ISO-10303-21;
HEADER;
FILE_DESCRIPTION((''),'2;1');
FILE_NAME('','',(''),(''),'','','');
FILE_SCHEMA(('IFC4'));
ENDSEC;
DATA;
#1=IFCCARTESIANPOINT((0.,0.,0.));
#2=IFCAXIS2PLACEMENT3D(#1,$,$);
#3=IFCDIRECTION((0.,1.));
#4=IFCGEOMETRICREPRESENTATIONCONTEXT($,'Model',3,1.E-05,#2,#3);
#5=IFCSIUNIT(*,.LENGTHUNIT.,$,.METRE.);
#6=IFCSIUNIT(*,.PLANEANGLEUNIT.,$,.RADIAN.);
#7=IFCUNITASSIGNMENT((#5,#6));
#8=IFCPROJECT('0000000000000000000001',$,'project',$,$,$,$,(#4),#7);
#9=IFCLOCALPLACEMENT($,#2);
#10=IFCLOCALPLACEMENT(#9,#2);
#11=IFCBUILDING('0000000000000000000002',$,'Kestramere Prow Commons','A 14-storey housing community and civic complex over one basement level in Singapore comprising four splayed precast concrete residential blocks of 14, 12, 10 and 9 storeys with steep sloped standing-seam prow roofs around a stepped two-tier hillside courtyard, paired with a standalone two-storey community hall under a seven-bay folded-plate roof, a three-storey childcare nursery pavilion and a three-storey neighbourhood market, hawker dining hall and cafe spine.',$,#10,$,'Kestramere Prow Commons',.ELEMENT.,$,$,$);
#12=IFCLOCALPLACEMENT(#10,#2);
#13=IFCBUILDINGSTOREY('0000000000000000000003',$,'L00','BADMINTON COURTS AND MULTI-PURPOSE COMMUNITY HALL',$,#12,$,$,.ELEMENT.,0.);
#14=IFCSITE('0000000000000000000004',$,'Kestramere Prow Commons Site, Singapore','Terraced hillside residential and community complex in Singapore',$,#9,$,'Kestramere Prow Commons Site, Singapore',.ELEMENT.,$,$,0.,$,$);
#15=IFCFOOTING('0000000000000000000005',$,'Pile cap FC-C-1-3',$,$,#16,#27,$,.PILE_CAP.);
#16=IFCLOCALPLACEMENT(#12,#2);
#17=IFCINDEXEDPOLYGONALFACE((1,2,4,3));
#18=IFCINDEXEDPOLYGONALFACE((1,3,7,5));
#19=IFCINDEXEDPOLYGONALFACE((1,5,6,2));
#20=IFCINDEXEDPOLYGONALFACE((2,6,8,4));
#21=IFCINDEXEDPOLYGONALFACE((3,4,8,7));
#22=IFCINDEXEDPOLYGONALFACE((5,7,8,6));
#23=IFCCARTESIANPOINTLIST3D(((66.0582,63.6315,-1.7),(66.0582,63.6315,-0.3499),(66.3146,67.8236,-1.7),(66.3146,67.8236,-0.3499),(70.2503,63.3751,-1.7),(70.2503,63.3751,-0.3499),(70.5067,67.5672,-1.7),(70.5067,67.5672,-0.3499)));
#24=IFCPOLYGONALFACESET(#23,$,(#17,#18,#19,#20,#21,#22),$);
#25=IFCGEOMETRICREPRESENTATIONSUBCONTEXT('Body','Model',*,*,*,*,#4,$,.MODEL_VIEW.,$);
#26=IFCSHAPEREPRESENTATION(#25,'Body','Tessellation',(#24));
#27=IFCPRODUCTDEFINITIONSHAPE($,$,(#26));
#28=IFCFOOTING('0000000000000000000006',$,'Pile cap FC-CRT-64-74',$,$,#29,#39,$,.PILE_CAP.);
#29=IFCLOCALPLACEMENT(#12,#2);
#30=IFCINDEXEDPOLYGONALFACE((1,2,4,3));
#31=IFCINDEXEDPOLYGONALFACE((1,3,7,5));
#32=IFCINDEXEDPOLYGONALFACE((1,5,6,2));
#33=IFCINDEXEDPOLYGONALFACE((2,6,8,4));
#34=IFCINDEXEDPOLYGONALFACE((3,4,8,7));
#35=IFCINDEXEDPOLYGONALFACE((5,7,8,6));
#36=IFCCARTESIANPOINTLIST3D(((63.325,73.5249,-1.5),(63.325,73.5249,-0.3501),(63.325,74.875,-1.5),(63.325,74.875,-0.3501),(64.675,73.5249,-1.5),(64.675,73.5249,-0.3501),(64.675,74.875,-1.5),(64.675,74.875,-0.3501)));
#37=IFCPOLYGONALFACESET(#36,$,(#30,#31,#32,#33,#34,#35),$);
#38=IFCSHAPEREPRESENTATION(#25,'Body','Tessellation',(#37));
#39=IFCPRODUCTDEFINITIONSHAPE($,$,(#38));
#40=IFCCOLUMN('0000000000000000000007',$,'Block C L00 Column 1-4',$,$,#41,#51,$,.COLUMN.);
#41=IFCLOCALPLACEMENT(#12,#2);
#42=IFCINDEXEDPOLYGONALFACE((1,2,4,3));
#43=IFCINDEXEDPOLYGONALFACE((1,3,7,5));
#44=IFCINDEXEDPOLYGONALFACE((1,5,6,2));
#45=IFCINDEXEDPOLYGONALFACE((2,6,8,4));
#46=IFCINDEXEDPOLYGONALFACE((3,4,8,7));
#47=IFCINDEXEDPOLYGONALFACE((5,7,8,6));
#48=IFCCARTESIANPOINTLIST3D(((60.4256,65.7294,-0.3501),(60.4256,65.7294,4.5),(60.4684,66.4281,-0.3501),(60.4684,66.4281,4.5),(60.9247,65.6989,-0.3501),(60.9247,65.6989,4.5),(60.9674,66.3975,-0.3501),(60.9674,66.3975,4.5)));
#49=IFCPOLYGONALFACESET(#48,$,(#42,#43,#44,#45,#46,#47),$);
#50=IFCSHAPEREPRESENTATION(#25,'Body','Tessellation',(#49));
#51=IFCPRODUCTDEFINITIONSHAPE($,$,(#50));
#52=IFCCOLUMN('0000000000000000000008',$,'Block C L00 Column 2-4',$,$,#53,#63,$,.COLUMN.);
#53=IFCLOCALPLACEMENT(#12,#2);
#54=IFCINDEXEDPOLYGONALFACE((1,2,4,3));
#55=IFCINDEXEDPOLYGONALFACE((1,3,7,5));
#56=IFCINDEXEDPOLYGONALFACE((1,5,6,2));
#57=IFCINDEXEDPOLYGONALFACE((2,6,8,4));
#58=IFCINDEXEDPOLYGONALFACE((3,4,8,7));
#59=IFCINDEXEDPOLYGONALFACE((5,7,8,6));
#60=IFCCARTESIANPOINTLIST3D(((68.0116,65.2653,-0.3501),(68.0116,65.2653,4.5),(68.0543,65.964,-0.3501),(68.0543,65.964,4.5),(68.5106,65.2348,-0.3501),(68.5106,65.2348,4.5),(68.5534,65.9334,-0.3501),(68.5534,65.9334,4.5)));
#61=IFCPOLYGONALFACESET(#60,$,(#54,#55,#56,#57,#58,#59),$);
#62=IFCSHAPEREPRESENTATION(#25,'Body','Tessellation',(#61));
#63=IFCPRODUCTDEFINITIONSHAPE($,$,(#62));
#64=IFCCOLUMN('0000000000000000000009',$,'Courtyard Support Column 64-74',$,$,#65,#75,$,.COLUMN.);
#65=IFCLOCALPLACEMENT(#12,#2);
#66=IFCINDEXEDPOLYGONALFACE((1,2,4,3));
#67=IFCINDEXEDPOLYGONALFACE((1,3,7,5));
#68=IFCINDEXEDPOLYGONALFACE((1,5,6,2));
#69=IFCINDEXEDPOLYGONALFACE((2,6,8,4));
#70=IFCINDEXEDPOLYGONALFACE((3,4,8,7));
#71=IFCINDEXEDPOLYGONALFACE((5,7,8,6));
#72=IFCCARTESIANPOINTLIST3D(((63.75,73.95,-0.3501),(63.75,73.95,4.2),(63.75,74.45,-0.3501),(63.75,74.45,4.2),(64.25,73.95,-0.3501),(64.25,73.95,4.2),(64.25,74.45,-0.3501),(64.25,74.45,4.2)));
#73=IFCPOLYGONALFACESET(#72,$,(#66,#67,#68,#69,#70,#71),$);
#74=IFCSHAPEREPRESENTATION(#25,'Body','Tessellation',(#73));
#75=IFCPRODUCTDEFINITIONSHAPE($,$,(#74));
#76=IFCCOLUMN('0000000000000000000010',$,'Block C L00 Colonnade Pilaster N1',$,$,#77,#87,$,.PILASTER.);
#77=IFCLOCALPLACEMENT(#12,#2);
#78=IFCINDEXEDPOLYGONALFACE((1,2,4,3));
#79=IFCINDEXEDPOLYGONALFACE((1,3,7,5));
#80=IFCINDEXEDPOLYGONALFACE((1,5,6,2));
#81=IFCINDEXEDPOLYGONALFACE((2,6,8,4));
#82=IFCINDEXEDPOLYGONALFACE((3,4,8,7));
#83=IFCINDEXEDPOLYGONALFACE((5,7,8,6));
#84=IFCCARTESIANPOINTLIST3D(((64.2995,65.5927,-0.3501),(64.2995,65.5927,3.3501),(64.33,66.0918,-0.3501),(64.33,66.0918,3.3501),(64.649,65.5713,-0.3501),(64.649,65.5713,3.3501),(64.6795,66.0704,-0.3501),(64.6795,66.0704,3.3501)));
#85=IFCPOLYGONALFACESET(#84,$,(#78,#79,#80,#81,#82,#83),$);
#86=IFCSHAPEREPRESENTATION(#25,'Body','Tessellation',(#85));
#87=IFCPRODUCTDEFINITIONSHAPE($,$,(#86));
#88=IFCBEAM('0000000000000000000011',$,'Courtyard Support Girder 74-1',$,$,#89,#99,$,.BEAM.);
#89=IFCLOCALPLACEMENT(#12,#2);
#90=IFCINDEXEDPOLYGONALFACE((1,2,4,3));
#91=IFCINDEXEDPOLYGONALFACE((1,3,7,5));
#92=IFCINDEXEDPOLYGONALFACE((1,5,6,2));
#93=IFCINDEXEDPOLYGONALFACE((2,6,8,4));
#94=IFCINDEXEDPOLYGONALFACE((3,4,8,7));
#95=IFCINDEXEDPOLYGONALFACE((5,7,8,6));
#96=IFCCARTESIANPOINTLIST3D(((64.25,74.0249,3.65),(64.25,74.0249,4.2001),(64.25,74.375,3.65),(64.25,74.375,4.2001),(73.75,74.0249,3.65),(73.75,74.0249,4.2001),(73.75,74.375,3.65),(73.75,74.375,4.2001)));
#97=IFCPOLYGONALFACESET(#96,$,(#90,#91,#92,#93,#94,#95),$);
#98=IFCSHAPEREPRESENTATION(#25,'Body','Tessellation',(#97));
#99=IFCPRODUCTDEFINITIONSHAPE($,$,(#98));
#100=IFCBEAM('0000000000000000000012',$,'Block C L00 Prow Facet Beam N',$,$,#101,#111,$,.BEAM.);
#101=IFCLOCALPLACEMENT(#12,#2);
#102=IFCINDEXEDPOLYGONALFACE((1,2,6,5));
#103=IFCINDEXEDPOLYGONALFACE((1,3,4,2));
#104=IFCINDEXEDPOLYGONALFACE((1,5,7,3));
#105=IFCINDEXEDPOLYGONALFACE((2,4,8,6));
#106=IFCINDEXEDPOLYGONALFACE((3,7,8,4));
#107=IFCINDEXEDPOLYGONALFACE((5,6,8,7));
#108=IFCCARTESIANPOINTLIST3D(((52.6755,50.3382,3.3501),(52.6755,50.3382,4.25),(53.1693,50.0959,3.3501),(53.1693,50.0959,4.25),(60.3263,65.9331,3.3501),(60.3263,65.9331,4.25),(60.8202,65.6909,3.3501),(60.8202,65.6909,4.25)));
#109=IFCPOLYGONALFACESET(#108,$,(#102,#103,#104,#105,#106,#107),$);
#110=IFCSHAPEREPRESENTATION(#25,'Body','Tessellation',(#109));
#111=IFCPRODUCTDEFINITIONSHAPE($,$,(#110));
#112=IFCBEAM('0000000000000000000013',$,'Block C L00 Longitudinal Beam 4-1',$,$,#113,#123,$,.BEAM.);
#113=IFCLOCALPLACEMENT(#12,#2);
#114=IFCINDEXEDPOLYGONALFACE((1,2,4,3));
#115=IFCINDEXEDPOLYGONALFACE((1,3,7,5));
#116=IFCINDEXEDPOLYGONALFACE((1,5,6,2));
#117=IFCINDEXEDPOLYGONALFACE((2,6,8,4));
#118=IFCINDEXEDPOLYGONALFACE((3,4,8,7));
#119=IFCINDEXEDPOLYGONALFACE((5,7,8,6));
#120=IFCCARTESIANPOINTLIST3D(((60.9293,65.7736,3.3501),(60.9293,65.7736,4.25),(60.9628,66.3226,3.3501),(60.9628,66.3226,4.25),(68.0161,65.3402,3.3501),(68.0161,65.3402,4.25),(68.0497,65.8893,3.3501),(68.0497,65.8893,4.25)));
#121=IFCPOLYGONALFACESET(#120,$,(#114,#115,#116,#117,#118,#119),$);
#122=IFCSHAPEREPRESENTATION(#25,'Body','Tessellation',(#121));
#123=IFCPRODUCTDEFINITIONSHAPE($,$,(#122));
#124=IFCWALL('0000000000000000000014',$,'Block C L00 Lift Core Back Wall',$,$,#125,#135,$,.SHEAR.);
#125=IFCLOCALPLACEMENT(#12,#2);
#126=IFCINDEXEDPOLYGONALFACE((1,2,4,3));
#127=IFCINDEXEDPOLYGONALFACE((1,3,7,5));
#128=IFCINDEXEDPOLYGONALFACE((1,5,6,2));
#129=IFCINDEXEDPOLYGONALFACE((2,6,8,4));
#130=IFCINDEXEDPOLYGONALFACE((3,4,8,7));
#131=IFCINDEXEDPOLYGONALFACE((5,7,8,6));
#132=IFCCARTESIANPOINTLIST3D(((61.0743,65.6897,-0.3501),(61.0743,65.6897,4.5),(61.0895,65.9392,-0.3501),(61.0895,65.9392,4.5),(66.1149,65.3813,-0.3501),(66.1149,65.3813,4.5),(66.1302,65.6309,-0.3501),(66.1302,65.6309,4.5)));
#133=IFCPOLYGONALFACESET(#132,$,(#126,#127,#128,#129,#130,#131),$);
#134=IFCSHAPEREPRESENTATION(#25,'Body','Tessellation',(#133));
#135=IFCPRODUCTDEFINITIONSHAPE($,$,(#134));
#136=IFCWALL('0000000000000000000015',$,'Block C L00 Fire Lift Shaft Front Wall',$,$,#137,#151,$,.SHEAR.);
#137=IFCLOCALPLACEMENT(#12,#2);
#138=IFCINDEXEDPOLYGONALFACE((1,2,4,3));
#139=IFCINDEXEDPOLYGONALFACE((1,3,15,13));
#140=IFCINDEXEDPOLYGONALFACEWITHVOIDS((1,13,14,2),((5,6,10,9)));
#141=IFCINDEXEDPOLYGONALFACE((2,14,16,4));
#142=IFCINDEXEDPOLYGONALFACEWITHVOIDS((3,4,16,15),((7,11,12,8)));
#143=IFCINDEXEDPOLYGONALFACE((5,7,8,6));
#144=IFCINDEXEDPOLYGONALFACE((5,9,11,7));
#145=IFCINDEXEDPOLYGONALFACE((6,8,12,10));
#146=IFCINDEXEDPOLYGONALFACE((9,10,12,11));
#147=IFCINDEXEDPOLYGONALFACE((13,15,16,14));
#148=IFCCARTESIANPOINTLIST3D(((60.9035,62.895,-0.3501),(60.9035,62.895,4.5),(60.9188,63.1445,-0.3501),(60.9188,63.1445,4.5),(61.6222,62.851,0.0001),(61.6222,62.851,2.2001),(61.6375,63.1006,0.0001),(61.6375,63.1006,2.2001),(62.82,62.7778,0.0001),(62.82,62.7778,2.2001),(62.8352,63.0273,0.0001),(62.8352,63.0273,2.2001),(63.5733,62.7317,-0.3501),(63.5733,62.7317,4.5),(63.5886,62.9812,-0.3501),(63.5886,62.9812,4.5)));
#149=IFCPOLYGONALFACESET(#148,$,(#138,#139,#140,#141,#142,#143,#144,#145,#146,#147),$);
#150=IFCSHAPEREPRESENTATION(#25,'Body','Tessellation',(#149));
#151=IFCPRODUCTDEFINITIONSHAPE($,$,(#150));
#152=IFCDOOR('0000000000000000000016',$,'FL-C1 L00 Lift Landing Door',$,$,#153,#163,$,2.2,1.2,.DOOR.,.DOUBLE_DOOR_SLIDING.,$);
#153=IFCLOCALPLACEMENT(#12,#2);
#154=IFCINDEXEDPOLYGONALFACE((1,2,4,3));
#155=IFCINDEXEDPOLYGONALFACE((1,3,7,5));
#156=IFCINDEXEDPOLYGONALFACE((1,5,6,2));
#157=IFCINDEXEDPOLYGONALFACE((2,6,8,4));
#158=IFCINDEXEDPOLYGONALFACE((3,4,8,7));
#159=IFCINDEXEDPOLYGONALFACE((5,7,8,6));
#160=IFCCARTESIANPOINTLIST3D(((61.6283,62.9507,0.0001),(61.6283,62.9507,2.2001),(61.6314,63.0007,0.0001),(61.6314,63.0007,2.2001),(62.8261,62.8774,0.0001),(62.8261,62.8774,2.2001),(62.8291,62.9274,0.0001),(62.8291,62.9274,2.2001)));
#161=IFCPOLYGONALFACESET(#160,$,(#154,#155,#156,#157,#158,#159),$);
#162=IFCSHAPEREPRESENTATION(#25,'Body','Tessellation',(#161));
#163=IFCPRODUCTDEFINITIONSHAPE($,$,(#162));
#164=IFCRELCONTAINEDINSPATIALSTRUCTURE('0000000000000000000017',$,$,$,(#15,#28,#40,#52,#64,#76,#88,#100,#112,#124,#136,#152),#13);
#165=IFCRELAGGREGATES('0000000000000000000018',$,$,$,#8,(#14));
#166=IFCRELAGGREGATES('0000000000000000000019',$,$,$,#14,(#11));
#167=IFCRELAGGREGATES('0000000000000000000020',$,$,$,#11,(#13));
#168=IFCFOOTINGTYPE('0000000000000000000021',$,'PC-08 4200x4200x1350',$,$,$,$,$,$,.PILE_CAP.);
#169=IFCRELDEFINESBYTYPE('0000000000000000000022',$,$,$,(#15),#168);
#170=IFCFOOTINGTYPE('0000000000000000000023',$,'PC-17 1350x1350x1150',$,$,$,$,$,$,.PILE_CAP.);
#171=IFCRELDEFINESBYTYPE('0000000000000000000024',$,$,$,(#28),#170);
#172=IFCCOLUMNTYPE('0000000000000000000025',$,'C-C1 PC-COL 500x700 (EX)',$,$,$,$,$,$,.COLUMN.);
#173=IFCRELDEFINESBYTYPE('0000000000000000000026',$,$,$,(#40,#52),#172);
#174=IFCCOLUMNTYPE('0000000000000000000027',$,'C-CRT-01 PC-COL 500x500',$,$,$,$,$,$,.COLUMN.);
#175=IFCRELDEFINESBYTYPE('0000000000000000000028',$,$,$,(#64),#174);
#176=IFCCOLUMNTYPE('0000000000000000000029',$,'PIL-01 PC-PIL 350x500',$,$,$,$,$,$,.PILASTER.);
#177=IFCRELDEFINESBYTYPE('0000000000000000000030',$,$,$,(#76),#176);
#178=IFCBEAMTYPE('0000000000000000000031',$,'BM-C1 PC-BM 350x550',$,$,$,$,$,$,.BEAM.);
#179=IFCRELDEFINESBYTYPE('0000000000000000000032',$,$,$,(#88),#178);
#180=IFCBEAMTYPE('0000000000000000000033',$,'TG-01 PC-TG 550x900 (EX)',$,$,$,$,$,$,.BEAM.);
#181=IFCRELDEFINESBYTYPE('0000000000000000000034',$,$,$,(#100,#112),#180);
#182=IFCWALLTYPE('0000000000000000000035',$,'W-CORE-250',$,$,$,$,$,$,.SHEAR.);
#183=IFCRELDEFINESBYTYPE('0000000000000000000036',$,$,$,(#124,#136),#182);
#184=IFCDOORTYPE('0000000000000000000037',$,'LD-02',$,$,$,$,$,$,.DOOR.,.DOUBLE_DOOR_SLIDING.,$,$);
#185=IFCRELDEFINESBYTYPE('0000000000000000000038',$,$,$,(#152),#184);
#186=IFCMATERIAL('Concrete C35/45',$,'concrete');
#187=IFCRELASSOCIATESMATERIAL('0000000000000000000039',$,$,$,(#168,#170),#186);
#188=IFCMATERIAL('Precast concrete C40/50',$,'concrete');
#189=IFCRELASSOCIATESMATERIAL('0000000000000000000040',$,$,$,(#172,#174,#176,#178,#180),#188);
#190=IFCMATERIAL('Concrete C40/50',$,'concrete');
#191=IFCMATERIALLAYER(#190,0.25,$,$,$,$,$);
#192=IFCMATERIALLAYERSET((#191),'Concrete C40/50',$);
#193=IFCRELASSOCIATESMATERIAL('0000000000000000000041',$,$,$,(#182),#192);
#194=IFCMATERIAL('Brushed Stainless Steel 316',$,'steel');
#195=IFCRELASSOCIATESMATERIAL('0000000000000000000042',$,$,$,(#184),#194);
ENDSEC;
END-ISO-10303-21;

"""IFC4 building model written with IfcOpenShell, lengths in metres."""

from ifc_helpers import new_model, si_unit, direction, frame, frame_2d, origin, origin_2d, place, context, subcontext, project, spatial, rectangle, extrude, material, layer, layer_set, material_profile, profile_set, type_object, element, fill, save


model = new_model("IFC4")

# Units and contexts
model_context = context("Model", 3, precision=1e-05, world=origin(), true_north=direction((0.0, 1.0)))
body_context = subcontext(model_context, "Body", "Model", "MODEL_VIEW")
ifc_project = project(units=[si_unit("LENGTHUNIT", "METRE"), si_unit("PLANEANGLEUNIT", "RADIAN")], contexts=[model_context])

# Site, building, storey
site_placement = place(None, origin())
site = spatial("IfcSite", under=ifc_project, at=site_placement, Name="Kestramere Prow Commons Site, Singapore", Description="Terraced hillside residential and community complex in Singapore", LongName="Kestramere Prow Commons Site, Singapore", CompositionType="ELEMENT", RefElevation=0.0)
building_placement = place(site_placement, origin())
building = spatial("IfcBuilding", under=site, at=building_placement, Name="Kestramere Prow Commons", Description="A 14-storey housing community and civic complex over one basement level in Singapore comprising four splayed precast concrete residential blocks of 14, 12, 10 and 9 storeys with steep sloped standing-seam prow roofs around a stepped two-tier hillside courtyard, paired with a standalone two-storey community hall under a seven-bay folded-plate roof, a three-storey childcare nursery pavilion and a three-storey neighbourhood market, hawker dining hall and cafe spine.", LongName="Kestramere Prow Commons", CompositionType="ELEMENT")
storey_placement = place(building_placement, origin())
storey = spatial("IfcBuildingStorey", under=building, at=storey_placement, Name="L00", Description="BADMINTON COURTS AND MULTI-PURPOSE COMMUNITY HALL", CompositionType="ELEMENT", Elevation=0.0)

# Shared definitions
ifc_material_1 = material(Name="Concrete C35/45", Category="concrete")

# Footings
footing_type_1 = type_object("IfcFootingType", Name="PC-08 4200x4200x1350", PredefinedType="PILE_CAP", material=ifc_material_1)
footing_1_placement = place(storey_placement, frame((68.2825, 65.5994, -1.7), z_axis=(0.0, 0.0, 1.0), x_axis=(0.998135, -0.061049, 0.0)))
element("IfcFooting", 1, at=footing_1_placement, inside=storey, type_object=footing_type_1, Name="Pile cap FC-C-1-3", PredefinedType="PILE_CAP", context=body_context, shape_type="SweptSolid", body=[
    extrude(rectangle(XDim=4.2, YDim=4.2, at=origin_2d()), origin(), (0.0, 0.0, 1.0), 1.3501),
])
footing_type_2 = type_object("IfcFootingType", Name="PC-17 1350x1350x1150", PredefinedType="PILE_CAP", material=ifc_material_1)
footing_2_placement = place(storey_placement, frame((64.0, 74.2, -1.5), z_axis=(0.0, 0.0, 1.0), x_axis=(1.0, 0.0, 0.0)))
element("IfcFooting", 2, at=footing_2_placement, inside=storey, type_object=footing_type_2, Name="Pile cap FC-CRT-64-74", PredefinedType="PILE_CAP", context=body_context, shape_type="SweptSolid", body=[
    extrude(rectangle(XDim=1.3501, YDim=1.3501, at=origin_2d()), origin(), (0.0, 0.0, 1.0), 1.1499),
])

# Columns
ifc_material_2 = material(Name="Precast concrete C40/50", Category="concrete")
ifc_material_profile_1 = material_profile(ifc_material_2, rectangle(XDim=0.5, YDim=0.7, at=origin_2d()), Name="PC-COL 500x700")
ifc_profile_set_1 = profile_set([ifc_material_profile_1], Name="Precast concrete C40/50")
column_type_1 = type_object("IfcColumnType", Name="C-C1 PC-COL 500x700 (EX)", PredefinedType="COLUMN", material=ifc_profile_set_1)
for number, where, z_axis, x_axis, name in (
    (3, (60.6965, 66.0635, -0.3501), (0.0, 0.0, 1.0), (0.998135, -0.061049, 0.0), "Block C L00 Column 1-4"),
    (4, (68.2825, 65.5994, -0.3501), (0.0, 0.0, 1.0), (0.998135, -0.061049, 0.0), "Block C L00 Column 2-4"),
):
    element("IfcColumn", number, at=place(storey_placement, frame(where, z_axis=z_axis, x_axis=x_axis)), inside=storey, type_object=column_type_1, Name=name, PredefinedType="COLUMN", context=body_context, shape_type="SweptSolid", body=[
        extrude(rectangle(XDim=0.5, YDim=0.7, at=origin_2d()), origin(), (0.0, 0.0, 1.0), 4.8501),
    ])
ifc_material_profile_2 = material_profile(ifc_material_2, rectangle(XDim=0.5, YDim=0.5, at=origin_2d()), Name="PC-COL 500x500")
ifc_profile_set_2 = profile_set([ifc_material_profile_2], Name="Precast concrete C40/50")
column_type_2 = type_object("IfcColumnType", Name="C-CRT-01 PC-COL 500x500", PredefinedType="COLUMN", material=ifc_profile_set_2)
column_1_placement = place(storey_placement, frame((64.0, 74.2, -0.3501), z_axis=(0.0, 0.0, 1.0), x_axis=(1.0, 0.0, 0.0)))
element("IfcColumn", 5, at=column_1_placement, inside=storey, type_object=column_type_2, Name="Courtyard Support Column 64-74", PredefinedType="COLUMN", context=body_context, shape_type="SweptSolid", body=[
    extrude(rectangle(XDim=0.5, YDim=0.5, at=origin_2d()), origin(), (0.0, 0.0, 1.0), 4.55),
])
ifc_material_profile_3 = material_profile(ifc_material_2, rectangle(XDim=0.3501, YDim=0.5, at=origin_2d()), Name="PC-PIL 350x500")
ifc_profile_set_3 = profile_set([ifc_material_profile_3], Name="Precast concrete C40/50")
column_type_3 = type_object("IfcColumnType", Name="PIL-01 PC-PIL 350x500", PredefinedType="PILASTER", material=ifc_profile_set_3)
column_2_placement = place(storey_placement, frame((64.4895, 65.8315, -0.3501), z_axis=(0.0, 0.0, 1.0), x_axis=(0.998135, -0.061049, 0.0)))
element("IfcColumn", 6, at=column_2_placement, inside=storey, type_object=column_type_3, Name="Block C L00 Colonnade Pilaster N1", PredefinedType="PILASTER", context=body_context, shape_type="SweptSolid", body=[
    extrude(rectangle(XDim=0.3501, YDim=0.5, at=origin_2d()), origin(), (0.0, 0.0, 1.0), 3.7002),
])

# Beams
ifc_material_profile_4 = material_profile(ifc_material_2, rectangle(XDim=0.3501, YDim=0.55, at=origin_2d()), Name="PC-BM 350x550")
ifc_profile_set_4 = profile_set([ifc_material_profile_4], Name="Precast concrete C40/50")
beam_type_1 = type_object("IfcBeamType", Name="BM-C1 PC-BM 350x550", PredefinedType="BEAM", material=ifc_profile_set_4)
beam_1_placement = place(storey_placement, frame((64.25, 74.2, 3.925), z_axis=(1.0, 0.0, 0.0), x_axis=(0.0, 1.0, 0.0)))
element("IfcBeam", 7, at=beam_1_placement, inside=storey, type_object=beam_type_1, Name="Courtyard Support Girder 74-1", PredefinedType="BEAM", context=body_context, shape_type="SweptSolid", body=[
    extrude(rectangle(XDim=0.3501, YDim=0.55, at=origin_2d()), origin(), (0.0, 0.0, 1.0), 9.5),
])
ifc_material_profile_5 = material_profile(ifc_material_2, rectangle(XDim=0.55, YDim=0.8999, at=origin_2d()), Name="PC-TG 550x900")
ifc_profile_set_5 = profile_set([ifc_material_profile_5], Name="Precast concrete C40/50")
beam_type_2 = type_object("IfcBeamType", Name="TG-01 PC-TG 550x900 (EX)", PredefinedType="BEAM", material=ifc_profile_set_5)
beam_2_placement = place(storey_placement, frame((60.5732, 65.812, 3.8), z_axis=(-0.440449, -0.897778, 0.0), x_axis=(0.897778, -0.440449, 0.0)))
element("IfcBeam", 8, at=beam_2_placement, inside=storey, type_object=beam_type_2, Name="Block C L00 Prow Facet Beam N", PredefinedType="BEAM", context=body_context, shape_type="SweptSolid", body=[
    extrude(rectangle(XDim=0.55, YDim=0.8999, at=origin_2d()), origin(), (0.0, 0.0, 1.0), 17.3706),
])
beam_3_placement = place(storey_placement, frame((60.946, 66.0481, 3.8), z_axis=(0.998136, -0.061034, 0.0), x_axis=(0.061034, 0.998136, 0.0)))
element("IfcBeam", 9, at=beam_3_placement, inside=storey, type_object=beam_type_2, Name="Block C L00 Longitudinal Beam 4-1", PredefinedType="BEAM", context=body_context, shape_type="SweptSolid", body=[
    extrude(rectangle(XDim=0.55, YDim=0.8999, at=origin_2d()), origin(), (0.0, 0.0, 1.0), 7.1001),
])

# Wall
ifc_material_3 = material(Name="Concrete C40/50", Category="concrete")
ifc_layer_1 = layer(ifc_material_3, 0.25)
ifc_layer_set_1 = layer_set([ifc_layer_1], Name="Concrete C40/50")
wall_type_1 = type_object("IfcWallType", Name="W-CORE-250", PredefinedType="SHEAR", material=ifc_layer_set_1)
wall_1_placement = place(storey_placement, frame((61.082, 65.8145, -0.3501), z_axis=(0.0, 0.0, 1.0), x_axis=(0.998134, -0.06106, 0.0)))
element("IfcWall", 10, at=wall_1_placement, inside=storey, type_object=wall_type_1, Name="Block C L00 Lift Core Back Wall", PredefinedType="SHEAR", context=body_context, shape_type="SweptSolid", body=[
    extrude(rectangle(XDim=5.05, YDim=0.25, at=frame_2d((2.5249, 0.0))), origin(), (0.0, 0.0, 1.0), 4.8501),
])

# Wall, opening, door
wall_2_placement = place(storey_placement, frame((60.9111, 63.0198, -0.3501), z_axis=(0.0, 0.0, 1.0), x_axis=(0.998134, -0.06106, 0.0)))
wall_2 = element("IfcWall", 11, at=wall_2_placement, inside=storey, type_object=wall_type_1, Name="Block C L00 Fire Lift Shaft Front Wall", PredefinedType="SHEAR", context=body_context, shape_type="SweptSolid", body=[
    extrude(rectangle(XDim=2.6748, YDim=0.25, at=frame_2d((1.3374, 0.0))), origin(), (0.0, 0.0, 1.0), 4.8501),
])
opening_1_placement = place(wall_2_placement, frame((0.72, 0.0, 0.3501)))
opening_1 = element("IfcOpeningElement", 12, at=opening_1_placement, cuts=wall_2, PredefinedType="OPENING", context=body_context, shape_type="SweptSolid", body=[
    extrude(rectangle(XDim=1.2, YDim=2.2, at=frame_2d((0.6001, 1.1001))), frame((0.0, 0.1399, 0.0), z_axis=(0.0, -1.0, 0.0), x_axis=(1.0, 0.0, 0.0)), (0.0, 0.0, 1.0), 0.28),
])
ifc_material_4 = material(Name="Brushed Stainless Steel 316", Category="steel")
door_type_1 = type_object("IfcDoorType", Name="LD-02", OperationType="DOUBLE_DOOR_SLIDING", PredefinedType="DOOR", material=ifc_material_4)
door_1_placement = place(opening_1_placement, origin())
door_1 = element("IfcDoor", 13, at=door_1_placement, inside=storey, type_object=door_type_1, Name="FL-C1 L00 Lift Landing Door", OperationType="DOUBLE_DOOR_SLIDING", OverallHeight=2.2, OverallWidth=1.2, PredefinedType="DOOR", context=body_context, shape_type="SweptSolid", body=[
    extrude(rectangle(XDim=1.2, YDim=2.2, at=frame_2d((0.6001, 1.1001))), frame((0.0, 0.0249, 0.0), z_axis=(0.0, -1.0, 0.0), x_axis=(1.0, 0.0, 0.0)), (0.0, 0.0, 1.0), 0.05),
])
fill(opening_1, door_1)

save(model, "model.ifc")
